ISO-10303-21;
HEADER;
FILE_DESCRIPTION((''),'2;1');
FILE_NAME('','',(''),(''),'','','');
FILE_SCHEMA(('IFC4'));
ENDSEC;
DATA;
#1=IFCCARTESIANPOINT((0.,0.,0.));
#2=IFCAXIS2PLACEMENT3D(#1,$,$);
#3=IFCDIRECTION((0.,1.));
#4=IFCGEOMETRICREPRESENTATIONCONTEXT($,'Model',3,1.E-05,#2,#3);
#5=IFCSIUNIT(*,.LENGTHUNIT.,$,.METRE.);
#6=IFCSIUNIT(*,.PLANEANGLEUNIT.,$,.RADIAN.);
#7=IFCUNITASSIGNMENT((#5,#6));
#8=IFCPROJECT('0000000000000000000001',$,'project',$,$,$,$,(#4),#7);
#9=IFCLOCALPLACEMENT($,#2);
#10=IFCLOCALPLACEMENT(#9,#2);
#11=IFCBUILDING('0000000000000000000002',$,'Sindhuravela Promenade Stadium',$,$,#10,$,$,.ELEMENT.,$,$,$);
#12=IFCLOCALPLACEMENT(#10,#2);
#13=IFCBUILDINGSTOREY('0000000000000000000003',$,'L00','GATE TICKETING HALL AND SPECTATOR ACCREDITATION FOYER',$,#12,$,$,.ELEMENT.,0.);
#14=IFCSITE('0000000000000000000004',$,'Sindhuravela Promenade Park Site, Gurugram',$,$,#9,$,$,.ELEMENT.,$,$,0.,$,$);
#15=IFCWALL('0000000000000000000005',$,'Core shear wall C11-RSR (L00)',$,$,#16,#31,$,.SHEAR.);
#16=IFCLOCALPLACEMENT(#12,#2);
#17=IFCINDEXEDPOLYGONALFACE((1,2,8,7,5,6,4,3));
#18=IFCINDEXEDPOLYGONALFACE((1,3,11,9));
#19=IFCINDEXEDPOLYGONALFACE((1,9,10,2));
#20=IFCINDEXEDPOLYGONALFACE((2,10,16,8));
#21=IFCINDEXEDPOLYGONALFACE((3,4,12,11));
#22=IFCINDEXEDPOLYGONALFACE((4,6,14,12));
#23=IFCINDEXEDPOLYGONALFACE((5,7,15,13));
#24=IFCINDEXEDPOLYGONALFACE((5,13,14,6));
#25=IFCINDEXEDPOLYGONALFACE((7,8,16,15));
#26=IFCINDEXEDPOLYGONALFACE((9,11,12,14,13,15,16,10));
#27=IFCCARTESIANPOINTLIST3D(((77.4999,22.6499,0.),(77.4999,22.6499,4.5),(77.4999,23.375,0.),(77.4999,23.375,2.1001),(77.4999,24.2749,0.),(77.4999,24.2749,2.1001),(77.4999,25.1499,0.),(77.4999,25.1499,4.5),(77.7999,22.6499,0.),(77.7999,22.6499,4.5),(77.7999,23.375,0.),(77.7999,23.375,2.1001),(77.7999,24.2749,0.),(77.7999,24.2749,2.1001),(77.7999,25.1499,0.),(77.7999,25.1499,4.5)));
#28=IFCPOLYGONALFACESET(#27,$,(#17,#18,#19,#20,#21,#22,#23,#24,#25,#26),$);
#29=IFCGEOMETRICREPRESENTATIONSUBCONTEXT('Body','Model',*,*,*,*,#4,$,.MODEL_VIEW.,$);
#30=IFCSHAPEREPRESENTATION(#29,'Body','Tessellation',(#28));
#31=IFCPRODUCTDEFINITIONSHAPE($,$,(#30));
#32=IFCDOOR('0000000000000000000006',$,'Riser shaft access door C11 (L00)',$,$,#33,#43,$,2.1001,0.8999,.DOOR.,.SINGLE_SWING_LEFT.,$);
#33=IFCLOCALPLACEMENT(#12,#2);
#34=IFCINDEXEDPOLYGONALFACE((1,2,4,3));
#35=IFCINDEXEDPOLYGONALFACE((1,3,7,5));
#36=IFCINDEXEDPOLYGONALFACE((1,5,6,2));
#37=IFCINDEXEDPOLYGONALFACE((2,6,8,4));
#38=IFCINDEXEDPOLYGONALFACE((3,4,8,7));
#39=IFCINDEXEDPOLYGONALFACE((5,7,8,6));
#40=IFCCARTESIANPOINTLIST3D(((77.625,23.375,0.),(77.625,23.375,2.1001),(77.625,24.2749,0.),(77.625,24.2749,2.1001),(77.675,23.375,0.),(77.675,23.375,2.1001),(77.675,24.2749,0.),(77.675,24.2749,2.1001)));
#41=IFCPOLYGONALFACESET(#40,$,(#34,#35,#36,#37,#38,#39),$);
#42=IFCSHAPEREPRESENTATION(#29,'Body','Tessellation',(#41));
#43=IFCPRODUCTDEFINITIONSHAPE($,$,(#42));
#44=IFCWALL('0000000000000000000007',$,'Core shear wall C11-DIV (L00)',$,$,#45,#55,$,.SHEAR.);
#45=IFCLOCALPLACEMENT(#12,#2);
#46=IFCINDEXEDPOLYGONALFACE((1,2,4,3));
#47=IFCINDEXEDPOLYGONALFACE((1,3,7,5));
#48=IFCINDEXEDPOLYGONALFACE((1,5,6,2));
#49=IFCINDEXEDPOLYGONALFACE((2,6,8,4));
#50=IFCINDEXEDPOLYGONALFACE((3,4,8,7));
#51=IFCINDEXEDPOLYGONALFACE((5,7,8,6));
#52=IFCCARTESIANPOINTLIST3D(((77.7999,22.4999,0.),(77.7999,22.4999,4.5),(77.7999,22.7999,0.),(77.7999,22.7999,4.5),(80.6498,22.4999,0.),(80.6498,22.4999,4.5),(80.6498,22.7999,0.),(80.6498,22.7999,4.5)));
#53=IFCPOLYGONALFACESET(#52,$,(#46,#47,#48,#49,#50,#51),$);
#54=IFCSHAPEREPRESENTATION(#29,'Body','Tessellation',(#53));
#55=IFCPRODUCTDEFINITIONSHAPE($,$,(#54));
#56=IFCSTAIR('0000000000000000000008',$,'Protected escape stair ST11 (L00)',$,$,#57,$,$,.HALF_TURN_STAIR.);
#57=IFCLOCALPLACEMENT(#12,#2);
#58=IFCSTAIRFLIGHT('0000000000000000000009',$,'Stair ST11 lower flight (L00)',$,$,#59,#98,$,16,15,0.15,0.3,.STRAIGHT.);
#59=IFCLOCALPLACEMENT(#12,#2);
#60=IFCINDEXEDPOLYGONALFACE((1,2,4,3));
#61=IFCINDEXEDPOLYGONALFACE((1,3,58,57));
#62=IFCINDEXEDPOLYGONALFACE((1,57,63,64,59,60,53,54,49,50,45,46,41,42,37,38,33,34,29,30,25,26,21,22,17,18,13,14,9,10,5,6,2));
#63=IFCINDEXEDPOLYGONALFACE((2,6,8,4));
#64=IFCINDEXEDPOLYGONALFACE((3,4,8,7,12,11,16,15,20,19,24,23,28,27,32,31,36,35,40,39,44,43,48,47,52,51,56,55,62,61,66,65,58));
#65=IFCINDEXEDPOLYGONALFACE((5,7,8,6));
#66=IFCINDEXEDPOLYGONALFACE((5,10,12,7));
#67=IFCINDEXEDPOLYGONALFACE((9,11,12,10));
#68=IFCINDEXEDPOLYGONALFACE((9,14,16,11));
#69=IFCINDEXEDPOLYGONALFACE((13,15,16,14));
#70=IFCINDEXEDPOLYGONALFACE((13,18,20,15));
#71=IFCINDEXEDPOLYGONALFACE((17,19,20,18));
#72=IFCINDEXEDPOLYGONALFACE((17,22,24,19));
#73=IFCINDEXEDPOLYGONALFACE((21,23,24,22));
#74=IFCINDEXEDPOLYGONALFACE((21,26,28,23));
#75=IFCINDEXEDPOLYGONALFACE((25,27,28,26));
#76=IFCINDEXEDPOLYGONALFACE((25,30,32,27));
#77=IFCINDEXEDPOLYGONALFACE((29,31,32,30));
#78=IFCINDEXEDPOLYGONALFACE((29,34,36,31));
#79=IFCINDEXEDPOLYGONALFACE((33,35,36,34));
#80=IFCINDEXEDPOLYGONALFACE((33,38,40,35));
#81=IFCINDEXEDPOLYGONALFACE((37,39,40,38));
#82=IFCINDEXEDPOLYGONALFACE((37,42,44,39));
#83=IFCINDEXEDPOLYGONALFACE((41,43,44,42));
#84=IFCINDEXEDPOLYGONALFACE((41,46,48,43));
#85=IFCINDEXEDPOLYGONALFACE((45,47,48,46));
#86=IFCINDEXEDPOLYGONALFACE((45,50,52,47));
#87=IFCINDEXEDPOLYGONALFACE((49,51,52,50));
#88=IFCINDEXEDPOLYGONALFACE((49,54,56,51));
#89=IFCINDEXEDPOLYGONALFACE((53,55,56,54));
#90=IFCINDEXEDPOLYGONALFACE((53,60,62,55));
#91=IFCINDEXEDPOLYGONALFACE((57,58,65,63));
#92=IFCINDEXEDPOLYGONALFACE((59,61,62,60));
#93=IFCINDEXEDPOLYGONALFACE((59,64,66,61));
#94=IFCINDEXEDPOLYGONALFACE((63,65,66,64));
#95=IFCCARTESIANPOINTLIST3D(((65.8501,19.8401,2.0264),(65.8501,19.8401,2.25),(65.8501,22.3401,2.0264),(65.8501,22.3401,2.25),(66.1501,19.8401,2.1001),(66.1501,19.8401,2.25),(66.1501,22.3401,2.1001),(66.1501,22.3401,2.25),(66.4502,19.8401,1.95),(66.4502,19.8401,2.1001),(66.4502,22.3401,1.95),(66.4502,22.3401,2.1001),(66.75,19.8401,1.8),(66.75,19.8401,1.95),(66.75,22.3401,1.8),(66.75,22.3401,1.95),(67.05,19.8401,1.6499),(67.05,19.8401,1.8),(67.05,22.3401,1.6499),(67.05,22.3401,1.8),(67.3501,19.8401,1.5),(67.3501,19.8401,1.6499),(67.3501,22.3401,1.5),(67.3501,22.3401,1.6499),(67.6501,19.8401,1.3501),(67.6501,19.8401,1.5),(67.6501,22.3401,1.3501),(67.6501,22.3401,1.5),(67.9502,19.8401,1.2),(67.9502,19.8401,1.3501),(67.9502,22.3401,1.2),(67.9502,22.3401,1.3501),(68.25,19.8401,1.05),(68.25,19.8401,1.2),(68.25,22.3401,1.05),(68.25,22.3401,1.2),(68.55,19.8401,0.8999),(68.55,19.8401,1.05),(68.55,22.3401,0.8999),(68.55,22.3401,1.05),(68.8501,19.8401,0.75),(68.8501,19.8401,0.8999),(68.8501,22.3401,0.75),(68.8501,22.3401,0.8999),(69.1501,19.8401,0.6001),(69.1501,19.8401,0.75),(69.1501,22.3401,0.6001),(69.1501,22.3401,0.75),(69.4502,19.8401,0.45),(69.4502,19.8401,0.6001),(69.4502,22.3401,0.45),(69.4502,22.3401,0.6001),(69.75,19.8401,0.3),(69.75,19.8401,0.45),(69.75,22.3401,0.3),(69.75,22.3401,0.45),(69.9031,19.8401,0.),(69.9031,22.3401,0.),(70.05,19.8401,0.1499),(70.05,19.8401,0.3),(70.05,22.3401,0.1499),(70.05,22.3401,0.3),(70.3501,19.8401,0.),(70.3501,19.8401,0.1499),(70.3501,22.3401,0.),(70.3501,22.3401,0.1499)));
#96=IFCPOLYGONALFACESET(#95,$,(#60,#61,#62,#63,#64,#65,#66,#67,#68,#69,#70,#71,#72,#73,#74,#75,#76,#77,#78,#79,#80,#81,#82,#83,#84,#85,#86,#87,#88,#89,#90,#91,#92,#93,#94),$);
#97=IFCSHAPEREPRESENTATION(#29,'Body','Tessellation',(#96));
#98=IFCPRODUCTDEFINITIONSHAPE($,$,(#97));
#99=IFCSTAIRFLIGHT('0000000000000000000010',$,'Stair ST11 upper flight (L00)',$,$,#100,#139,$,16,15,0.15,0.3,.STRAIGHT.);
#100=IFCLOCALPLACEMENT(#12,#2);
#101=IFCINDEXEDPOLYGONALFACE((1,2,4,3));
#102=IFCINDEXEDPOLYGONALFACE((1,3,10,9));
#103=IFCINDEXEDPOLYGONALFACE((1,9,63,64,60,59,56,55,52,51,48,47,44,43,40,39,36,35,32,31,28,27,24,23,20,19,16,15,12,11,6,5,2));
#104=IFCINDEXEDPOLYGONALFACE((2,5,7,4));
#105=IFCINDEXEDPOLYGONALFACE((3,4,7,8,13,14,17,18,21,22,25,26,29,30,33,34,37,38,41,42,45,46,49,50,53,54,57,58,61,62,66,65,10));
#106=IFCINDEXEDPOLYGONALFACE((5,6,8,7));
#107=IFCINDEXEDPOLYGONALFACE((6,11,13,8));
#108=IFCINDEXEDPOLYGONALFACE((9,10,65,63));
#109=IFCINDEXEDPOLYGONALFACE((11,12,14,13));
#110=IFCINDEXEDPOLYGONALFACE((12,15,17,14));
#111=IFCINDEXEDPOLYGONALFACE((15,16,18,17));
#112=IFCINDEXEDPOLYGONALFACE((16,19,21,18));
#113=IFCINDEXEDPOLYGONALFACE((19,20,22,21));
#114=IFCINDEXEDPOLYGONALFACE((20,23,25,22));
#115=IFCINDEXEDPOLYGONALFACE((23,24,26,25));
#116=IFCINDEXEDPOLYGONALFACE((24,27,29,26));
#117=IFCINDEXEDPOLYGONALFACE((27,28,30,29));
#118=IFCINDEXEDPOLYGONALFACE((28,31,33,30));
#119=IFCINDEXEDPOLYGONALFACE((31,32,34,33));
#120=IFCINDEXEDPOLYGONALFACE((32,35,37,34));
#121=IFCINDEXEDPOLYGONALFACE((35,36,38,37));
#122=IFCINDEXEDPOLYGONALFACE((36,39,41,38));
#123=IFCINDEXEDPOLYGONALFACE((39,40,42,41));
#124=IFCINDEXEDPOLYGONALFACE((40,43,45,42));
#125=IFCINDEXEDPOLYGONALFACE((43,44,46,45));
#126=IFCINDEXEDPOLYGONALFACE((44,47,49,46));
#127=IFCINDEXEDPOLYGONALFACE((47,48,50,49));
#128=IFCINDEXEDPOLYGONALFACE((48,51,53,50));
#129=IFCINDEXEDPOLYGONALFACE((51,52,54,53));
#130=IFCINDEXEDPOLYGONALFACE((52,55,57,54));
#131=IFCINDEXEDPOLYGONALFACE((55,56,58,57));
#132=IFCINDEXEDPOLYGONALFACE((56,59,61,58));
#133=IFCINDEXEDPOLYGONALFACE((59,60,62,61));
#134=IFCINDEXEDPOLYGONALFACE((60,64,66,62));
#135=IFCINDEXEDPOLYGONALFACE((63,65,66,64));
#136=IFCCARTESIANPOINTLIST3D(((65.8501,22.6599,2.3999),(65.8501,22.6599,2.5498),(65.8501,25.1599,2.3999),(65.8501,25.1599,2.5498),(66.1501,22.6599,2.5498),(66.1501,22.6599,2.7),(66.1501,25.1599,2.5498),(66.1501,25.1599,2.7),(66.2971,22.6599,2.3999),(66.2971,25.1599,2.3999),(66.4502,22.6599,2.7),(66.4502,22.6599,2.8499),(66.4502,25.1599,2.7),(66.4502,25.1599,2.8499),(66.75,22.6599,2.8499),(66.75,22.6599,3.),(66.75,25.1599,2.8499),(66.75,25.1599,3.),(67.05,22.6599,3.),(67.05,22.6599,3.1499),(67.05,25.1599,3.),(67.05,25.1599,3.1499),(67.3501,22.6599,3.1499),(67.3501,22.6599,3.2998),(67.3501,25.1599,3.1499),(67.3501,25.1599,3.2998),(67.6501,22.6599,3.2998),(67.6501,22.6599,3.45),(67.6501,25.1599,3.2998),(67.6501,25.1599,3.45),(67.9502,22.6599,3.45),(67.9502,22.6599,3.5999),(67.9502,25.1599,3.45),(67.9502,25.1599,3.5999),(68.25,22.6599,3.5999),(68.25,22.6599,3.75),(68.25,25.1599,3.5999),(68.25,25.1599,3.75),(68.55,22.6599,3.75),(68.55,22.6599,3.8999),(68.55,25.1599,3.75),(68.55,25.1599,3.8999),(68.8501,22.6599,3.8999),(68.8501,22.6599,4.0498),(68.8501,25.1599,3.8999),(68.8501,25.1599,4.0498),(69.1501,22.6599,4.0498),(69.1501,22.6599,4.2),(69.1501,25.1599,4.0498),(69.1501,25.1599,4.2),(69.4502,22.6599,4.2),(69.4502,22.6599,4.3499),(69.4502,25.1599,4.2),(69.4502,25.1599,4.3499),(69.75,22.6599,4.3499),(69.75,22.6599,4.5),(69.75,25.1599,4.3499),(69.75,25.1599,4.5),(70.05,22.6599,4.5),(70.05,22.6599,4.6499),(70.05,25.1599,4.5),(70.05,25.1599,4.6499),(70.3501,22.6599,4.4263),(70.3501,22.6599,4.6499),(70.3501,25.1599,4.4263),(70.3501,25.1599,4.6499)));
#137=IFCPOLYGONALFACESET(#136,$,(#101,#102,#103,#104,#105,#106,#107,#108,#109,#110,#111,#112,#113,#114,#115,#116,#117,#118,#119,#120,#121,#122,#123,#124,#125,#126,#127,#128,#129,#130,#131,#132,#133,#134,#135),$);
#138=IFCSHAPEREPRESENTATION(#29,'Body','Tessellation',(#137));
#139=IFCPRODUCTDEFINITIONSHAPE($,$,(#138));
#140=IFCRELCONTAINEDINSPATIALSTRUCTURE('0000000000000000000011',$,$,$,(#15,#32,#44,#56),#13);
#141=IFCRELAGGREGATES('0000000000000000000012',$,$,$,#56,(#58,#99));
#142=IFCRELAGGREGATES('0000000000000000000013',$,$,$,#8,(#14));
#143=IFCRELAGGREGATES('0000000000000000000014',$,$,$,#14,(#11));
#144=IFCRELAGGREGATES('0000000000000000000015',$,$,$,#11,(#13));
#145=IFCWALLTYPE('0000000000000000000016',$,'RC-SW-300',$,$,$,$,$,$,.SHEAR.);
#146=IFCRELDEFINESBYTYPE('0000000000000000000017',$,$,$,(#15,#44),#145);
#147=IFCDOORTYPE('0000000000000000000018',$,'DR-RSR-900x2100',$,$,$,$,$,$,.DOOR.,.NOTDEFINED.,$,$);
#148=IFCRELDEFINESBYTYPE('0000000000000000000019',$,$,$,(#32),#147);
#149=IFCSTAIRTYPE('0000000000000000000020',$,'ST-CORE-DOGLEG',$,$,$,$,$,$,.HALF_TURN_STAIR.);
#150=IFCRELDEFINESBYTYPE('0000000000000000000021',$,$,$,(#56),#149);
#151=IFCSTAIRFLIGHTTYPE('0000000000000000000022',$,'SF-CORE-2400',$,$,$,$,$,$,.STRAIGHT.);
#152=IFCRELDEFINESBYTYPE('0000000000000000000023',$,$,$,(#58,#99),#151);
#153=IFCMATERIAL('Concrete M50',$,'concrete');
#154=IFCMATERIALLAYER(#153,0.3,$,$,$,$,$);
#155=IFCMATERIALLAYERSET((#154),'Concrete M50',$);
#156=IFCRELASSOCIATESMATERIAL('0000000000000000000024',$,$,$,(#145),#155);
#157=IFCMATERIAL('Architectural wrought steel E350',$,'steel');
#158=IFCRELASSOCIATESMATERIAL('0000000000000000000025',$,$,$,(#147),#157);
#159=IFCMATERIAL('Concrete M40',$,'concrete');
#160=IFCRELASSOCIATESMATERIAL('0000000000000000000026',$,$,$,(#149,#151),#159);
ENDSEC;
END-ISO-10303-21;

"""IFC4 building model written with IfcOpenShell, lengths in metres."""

from ifc_helpers import new_model, si_unit, direction, frame, frame_2d, origin, place, context, subcontext, project, spatial, polyline, rectangle, outline, extrude, material, layer, layer_set, type_object, element, fill, aggregate, save


model = new_model("IFC4")

# Units and contexts
model_context = context("Model", 3, precision=1e-05, world=origin(), true_north=direction((0.0, 1.0)))
body_context = subcontext(model_context, "Body", "Model", "MODEL_VIEW")
ifc_project = project(units=[si_unit("LENGTHUNIT", "METRE"), si_unit("PLANEANGLEUNIT", "RADIAN")], contexts=[model_context])

# Site, building, storey
site_placement = place(None, origin())
site = spatial("IfcSite", under=ifc_project, at=site_placement, Name="Sindhuravela Promenade Park Site, Gurugram", CompositionType="ELEMENT", RefElevation=0.0)
building_placement = place(site_placement, origin())
building = spatial("IfcBuilding", under=site, at=building_placement, Name="Sindhuravela Promenade Stadium", CompositionType="ELEMENT")
storey_placement = place(building_placement, origin())
storey = spatial("IfcBuildingStorey", under=building, at=storey_placement, Name="L00", Description="GATE TICKETING HALL AND SPECTATOR ACCREDITATION FOYER", CompositionType="ELEMENT", Elevation=0.0)

# Shared definitions
ifc_material_1 = material(Name="Concrete M50", Category="concrete")

# Shared definitions
ifc_material_2 = material(Name="Concrete M40", Category="concrete")

# Wall, opening, door
ifc_layer_1 = layer(ifc_material_1, 0.3)
ifc_layer_set_1 = layer_set([ifc_layer_1], Name="Concrete M50")
wall_type_1 = type_object("IfcWallType", Name="RC-SW-300", PredefinedType="SHEAR", material=ifc_layer_set_1)
ifc_material_3 = material(Name="Architectural wrought steel E350", Category="steel")
wall_1_placement = place(storey_placement, frame((77.6499, 22.6499, 0.0), z_axis=(0.0, 0.0, 1.0), x_axis=(0.0, 1.0, 0.0)))
wall_1 = element("IfcWall", 1, at=wall_1_placement, inside=storey, type_object=wall_type_1, Name="Core shear wall C11-RSR (L00)", PredefinedType="SHEAR", context=body_context, shape_type="SweptSolid", body=[
    extrude(rectangle(XDim=2.5, YDim=0.3, at=frame_2d((1.25, 0.0))), origin(), (0.0, 0.0, 1.0), 4.5),
])
opening_1_placement = place(wall_1_placement, frame((0.7251, 0.0, 0.0)))
opening_1 = element("IfcOpeningElement", 2, at=opening_1_placement, cuts=wall_1, PredefinedType="OPENING", context=body_context, shape_type="SweptSolid", body=[
    extrude(rectangle(XDim=0.8999, YDim=2.1001, at=frame_2d((0.45, 1.05))), frame((0.0, 0.1599, 0.0), z_axis=(0.0, -1.0, 0.0), x_axis=(1.0, 0.0, 0.0)), (0.0, 0.0, 1.0), 0.3201),
])
door_type_1 = type_object("IfcDoorType", Name="DR-RSR-900x2100", OperationType="NOTDEFINED", PredefinedType="DOOR", material=ifc_material_3)
door_1_placement = place(opening_1_placement, origin())
door_1 = element("IfcDoor", 3, at=door_1_placement, inside=storey, type_object=door_type_1, Name="Riser shaft access door C11 (L00)", OperationType="SINGLE_SWING_LEFT", OverallHeight=2.1001, OverallWidth=0.8999, PredefinedType="DOOR", context=body_context, shape_type="SweptSolid", body=[
    extrude(rectangle(XDim=0.8999, YDim=2.1001, at=frame_2d((0.45, 1.05))), frame((0.0, 0.0249, 0.0), z_axis=(0.0, -1.0, 0.0), x_axis=(1.0, 0.0, 0.0)), (0.0, 0.0, 1.0), 0.05),
])
fill(opening_1, door_1)

# Wall
wall_2_placement = place(storey_placement, frame((77.8, 22.6499, 0.0), z_axis=(0.0, 0.0, 1.0), x_axis=(1.0, 0.0, 0.0)))
element("IfcWall", 4, at=wall_2_placement, inside=storey, type_object=wall_type_1, Name="Core shear wall C11-DIV (L00)", PredefinedType="SHEAR", context=body_context, shape_type="SweptSolid", body=[
    extrude(rectangle(XDim=2.8499, YDim=0.3, at=frame_2d((1.4248, 0.0))), origin(), (0.0, 0.0, 1.0), 4.5),
])

# Stair, stair flights
stair_type = type_object("IfcStairType", Name="ST-CORE-DOGLEG", PredefinedType="HALF_TURN_STAIR", material=ifc_material_2)
stair_placement = place(storey_placement, origin())
stair = element("IfcStair", 5, at=stair_placement, inside=storey, type_object=stair_type, Name="Protected escape stair ST11 (L00)", PredefinedType="HALF_TURN_STAIR")
stair_flight_type = type_object("IfcStairFlightType", Name="SF-CORE-2400", PredefinedType="STRAIGHT", material=ifc_material_2)
stair_flight_1_placement = place(storey_placement, frame((70.3501, 21.0901, 0.0), z_axis=(0.0, 0.0, 1.0), x_axis=(-1.0, 0.0, 0.0)))
stair_flight_1 = element("IfcStairFlight", 6, at=stair_flight_1_placement, type_object=stair_flight_type, Name="Stair ST11 lower flight (L00)", NumberOfRisers=16, NumberOfTreads=15, PredefinedType="STRAIGHT", RiserHeight=0.15, TreadLength=0.3, context=body_context, shape_type="SweptSolid", body=[
    extrude(outline(polyline([(0.0, 0.0), (0.0, 0.1499), (0.3, 0.1499), (0.3, 0.3), (0.6001, 0.3), (0.6001, 0.45), (0.8999, 0.45), (0.8999, 0.6001), (1.2, 0.6001), (1.2, 0.75), (1.5, 0.75), (1.5, 0.8999), (1.8, 0.8999), (1.8, 1.05), (2.1001, 1.05), (2.1001, 1.2), (2.3999, 1.2), (2.3999, 1.3501), (2.7, 1.3501), (2.7, 1.5), (3.0, 1.5), (3.0, 1.6499), (3.3, 1.6499), (3.3, 1.8), (3.6001, 1.8), (3.6001, 1.95), (3.8999, 1.95), (3.8999, 2.1001), (4.2, 2.1001), (4.2, 2.25), (4.5, 2.25), (4.5, 2.3999), (4.5, 2.0264), (0.447, 0.0), (0.0, 0.0)])), frame((0.0, 1.25, 0.0), z_axis=(0.0, -1.0, 0.0), x_axis=(1.0, 0.0, 0.0)), (0.0, 0.0, 1.0), 2.5),
])
stair_flight_2_placement = place(storey_placement, frame((65.8501, 23.9099, 2.3999), z_axis=(0.0, 0.0, 1.0), x_axis=(1.0, 0.0, 0.0)))
stair_flight_2 = element("IfcStairFlight", 7, at=stair_flight_2_placement, type_object=stair_flight_type, Name="Stair ST11 upper flight (L00)", NumberOfRisers=16, NumberOfTreads=15, PredefinedType="STRAIGHT", RiserHeight=0.15, TreadLength=0.3, context=body_context, shape_type="SweptSolid", body=[
    extrude(outline(polyline([(0.0, 0.0), (0.0, 0.1499), (0.3, 0.1499), (0.3, 0.3), (0.6001, 0.3), (0.6001, 0.45), (0.8999, 0.45), (0.8999, 0.6001), (1.2, 0.6001), (1.2, 0.75), (1.5, 0.75), (1.5, 0.8999), (1.8, 0.8999), (1.8, 1.05), (2.1001, 1.05), (2.1001, 1.2), (2.3999, 1.2), (2.3999, 1.3501), (2.7, 1.3501), (2.7, 1.5), (3.0, 1.5), (3.0, 1.6499), (3.3, 1.6499), (3.3, 1.8), (3.6001, 1.8), (3.6001, 1.95), (3.8999, 1.95), (3.8999, 2.1001), (4.2, 2.1001), (4.2, 2.25), (4.5, 2.25), (4.5, 2.3999), (4.5, 2.0264), (0.447, 0.0), (0.0, 0.0)])), frame((0.0, 1.25, 0.0), z_axis=(0.0, -1.0, 0.0), x_axis=(1.0, 0.0, 0.0)), (0.0, 0.0, 1.0), 2.5),
])
aggregate(stair, [stair_flight_1, stair_flight_2])

save(model, "model.ifc")
